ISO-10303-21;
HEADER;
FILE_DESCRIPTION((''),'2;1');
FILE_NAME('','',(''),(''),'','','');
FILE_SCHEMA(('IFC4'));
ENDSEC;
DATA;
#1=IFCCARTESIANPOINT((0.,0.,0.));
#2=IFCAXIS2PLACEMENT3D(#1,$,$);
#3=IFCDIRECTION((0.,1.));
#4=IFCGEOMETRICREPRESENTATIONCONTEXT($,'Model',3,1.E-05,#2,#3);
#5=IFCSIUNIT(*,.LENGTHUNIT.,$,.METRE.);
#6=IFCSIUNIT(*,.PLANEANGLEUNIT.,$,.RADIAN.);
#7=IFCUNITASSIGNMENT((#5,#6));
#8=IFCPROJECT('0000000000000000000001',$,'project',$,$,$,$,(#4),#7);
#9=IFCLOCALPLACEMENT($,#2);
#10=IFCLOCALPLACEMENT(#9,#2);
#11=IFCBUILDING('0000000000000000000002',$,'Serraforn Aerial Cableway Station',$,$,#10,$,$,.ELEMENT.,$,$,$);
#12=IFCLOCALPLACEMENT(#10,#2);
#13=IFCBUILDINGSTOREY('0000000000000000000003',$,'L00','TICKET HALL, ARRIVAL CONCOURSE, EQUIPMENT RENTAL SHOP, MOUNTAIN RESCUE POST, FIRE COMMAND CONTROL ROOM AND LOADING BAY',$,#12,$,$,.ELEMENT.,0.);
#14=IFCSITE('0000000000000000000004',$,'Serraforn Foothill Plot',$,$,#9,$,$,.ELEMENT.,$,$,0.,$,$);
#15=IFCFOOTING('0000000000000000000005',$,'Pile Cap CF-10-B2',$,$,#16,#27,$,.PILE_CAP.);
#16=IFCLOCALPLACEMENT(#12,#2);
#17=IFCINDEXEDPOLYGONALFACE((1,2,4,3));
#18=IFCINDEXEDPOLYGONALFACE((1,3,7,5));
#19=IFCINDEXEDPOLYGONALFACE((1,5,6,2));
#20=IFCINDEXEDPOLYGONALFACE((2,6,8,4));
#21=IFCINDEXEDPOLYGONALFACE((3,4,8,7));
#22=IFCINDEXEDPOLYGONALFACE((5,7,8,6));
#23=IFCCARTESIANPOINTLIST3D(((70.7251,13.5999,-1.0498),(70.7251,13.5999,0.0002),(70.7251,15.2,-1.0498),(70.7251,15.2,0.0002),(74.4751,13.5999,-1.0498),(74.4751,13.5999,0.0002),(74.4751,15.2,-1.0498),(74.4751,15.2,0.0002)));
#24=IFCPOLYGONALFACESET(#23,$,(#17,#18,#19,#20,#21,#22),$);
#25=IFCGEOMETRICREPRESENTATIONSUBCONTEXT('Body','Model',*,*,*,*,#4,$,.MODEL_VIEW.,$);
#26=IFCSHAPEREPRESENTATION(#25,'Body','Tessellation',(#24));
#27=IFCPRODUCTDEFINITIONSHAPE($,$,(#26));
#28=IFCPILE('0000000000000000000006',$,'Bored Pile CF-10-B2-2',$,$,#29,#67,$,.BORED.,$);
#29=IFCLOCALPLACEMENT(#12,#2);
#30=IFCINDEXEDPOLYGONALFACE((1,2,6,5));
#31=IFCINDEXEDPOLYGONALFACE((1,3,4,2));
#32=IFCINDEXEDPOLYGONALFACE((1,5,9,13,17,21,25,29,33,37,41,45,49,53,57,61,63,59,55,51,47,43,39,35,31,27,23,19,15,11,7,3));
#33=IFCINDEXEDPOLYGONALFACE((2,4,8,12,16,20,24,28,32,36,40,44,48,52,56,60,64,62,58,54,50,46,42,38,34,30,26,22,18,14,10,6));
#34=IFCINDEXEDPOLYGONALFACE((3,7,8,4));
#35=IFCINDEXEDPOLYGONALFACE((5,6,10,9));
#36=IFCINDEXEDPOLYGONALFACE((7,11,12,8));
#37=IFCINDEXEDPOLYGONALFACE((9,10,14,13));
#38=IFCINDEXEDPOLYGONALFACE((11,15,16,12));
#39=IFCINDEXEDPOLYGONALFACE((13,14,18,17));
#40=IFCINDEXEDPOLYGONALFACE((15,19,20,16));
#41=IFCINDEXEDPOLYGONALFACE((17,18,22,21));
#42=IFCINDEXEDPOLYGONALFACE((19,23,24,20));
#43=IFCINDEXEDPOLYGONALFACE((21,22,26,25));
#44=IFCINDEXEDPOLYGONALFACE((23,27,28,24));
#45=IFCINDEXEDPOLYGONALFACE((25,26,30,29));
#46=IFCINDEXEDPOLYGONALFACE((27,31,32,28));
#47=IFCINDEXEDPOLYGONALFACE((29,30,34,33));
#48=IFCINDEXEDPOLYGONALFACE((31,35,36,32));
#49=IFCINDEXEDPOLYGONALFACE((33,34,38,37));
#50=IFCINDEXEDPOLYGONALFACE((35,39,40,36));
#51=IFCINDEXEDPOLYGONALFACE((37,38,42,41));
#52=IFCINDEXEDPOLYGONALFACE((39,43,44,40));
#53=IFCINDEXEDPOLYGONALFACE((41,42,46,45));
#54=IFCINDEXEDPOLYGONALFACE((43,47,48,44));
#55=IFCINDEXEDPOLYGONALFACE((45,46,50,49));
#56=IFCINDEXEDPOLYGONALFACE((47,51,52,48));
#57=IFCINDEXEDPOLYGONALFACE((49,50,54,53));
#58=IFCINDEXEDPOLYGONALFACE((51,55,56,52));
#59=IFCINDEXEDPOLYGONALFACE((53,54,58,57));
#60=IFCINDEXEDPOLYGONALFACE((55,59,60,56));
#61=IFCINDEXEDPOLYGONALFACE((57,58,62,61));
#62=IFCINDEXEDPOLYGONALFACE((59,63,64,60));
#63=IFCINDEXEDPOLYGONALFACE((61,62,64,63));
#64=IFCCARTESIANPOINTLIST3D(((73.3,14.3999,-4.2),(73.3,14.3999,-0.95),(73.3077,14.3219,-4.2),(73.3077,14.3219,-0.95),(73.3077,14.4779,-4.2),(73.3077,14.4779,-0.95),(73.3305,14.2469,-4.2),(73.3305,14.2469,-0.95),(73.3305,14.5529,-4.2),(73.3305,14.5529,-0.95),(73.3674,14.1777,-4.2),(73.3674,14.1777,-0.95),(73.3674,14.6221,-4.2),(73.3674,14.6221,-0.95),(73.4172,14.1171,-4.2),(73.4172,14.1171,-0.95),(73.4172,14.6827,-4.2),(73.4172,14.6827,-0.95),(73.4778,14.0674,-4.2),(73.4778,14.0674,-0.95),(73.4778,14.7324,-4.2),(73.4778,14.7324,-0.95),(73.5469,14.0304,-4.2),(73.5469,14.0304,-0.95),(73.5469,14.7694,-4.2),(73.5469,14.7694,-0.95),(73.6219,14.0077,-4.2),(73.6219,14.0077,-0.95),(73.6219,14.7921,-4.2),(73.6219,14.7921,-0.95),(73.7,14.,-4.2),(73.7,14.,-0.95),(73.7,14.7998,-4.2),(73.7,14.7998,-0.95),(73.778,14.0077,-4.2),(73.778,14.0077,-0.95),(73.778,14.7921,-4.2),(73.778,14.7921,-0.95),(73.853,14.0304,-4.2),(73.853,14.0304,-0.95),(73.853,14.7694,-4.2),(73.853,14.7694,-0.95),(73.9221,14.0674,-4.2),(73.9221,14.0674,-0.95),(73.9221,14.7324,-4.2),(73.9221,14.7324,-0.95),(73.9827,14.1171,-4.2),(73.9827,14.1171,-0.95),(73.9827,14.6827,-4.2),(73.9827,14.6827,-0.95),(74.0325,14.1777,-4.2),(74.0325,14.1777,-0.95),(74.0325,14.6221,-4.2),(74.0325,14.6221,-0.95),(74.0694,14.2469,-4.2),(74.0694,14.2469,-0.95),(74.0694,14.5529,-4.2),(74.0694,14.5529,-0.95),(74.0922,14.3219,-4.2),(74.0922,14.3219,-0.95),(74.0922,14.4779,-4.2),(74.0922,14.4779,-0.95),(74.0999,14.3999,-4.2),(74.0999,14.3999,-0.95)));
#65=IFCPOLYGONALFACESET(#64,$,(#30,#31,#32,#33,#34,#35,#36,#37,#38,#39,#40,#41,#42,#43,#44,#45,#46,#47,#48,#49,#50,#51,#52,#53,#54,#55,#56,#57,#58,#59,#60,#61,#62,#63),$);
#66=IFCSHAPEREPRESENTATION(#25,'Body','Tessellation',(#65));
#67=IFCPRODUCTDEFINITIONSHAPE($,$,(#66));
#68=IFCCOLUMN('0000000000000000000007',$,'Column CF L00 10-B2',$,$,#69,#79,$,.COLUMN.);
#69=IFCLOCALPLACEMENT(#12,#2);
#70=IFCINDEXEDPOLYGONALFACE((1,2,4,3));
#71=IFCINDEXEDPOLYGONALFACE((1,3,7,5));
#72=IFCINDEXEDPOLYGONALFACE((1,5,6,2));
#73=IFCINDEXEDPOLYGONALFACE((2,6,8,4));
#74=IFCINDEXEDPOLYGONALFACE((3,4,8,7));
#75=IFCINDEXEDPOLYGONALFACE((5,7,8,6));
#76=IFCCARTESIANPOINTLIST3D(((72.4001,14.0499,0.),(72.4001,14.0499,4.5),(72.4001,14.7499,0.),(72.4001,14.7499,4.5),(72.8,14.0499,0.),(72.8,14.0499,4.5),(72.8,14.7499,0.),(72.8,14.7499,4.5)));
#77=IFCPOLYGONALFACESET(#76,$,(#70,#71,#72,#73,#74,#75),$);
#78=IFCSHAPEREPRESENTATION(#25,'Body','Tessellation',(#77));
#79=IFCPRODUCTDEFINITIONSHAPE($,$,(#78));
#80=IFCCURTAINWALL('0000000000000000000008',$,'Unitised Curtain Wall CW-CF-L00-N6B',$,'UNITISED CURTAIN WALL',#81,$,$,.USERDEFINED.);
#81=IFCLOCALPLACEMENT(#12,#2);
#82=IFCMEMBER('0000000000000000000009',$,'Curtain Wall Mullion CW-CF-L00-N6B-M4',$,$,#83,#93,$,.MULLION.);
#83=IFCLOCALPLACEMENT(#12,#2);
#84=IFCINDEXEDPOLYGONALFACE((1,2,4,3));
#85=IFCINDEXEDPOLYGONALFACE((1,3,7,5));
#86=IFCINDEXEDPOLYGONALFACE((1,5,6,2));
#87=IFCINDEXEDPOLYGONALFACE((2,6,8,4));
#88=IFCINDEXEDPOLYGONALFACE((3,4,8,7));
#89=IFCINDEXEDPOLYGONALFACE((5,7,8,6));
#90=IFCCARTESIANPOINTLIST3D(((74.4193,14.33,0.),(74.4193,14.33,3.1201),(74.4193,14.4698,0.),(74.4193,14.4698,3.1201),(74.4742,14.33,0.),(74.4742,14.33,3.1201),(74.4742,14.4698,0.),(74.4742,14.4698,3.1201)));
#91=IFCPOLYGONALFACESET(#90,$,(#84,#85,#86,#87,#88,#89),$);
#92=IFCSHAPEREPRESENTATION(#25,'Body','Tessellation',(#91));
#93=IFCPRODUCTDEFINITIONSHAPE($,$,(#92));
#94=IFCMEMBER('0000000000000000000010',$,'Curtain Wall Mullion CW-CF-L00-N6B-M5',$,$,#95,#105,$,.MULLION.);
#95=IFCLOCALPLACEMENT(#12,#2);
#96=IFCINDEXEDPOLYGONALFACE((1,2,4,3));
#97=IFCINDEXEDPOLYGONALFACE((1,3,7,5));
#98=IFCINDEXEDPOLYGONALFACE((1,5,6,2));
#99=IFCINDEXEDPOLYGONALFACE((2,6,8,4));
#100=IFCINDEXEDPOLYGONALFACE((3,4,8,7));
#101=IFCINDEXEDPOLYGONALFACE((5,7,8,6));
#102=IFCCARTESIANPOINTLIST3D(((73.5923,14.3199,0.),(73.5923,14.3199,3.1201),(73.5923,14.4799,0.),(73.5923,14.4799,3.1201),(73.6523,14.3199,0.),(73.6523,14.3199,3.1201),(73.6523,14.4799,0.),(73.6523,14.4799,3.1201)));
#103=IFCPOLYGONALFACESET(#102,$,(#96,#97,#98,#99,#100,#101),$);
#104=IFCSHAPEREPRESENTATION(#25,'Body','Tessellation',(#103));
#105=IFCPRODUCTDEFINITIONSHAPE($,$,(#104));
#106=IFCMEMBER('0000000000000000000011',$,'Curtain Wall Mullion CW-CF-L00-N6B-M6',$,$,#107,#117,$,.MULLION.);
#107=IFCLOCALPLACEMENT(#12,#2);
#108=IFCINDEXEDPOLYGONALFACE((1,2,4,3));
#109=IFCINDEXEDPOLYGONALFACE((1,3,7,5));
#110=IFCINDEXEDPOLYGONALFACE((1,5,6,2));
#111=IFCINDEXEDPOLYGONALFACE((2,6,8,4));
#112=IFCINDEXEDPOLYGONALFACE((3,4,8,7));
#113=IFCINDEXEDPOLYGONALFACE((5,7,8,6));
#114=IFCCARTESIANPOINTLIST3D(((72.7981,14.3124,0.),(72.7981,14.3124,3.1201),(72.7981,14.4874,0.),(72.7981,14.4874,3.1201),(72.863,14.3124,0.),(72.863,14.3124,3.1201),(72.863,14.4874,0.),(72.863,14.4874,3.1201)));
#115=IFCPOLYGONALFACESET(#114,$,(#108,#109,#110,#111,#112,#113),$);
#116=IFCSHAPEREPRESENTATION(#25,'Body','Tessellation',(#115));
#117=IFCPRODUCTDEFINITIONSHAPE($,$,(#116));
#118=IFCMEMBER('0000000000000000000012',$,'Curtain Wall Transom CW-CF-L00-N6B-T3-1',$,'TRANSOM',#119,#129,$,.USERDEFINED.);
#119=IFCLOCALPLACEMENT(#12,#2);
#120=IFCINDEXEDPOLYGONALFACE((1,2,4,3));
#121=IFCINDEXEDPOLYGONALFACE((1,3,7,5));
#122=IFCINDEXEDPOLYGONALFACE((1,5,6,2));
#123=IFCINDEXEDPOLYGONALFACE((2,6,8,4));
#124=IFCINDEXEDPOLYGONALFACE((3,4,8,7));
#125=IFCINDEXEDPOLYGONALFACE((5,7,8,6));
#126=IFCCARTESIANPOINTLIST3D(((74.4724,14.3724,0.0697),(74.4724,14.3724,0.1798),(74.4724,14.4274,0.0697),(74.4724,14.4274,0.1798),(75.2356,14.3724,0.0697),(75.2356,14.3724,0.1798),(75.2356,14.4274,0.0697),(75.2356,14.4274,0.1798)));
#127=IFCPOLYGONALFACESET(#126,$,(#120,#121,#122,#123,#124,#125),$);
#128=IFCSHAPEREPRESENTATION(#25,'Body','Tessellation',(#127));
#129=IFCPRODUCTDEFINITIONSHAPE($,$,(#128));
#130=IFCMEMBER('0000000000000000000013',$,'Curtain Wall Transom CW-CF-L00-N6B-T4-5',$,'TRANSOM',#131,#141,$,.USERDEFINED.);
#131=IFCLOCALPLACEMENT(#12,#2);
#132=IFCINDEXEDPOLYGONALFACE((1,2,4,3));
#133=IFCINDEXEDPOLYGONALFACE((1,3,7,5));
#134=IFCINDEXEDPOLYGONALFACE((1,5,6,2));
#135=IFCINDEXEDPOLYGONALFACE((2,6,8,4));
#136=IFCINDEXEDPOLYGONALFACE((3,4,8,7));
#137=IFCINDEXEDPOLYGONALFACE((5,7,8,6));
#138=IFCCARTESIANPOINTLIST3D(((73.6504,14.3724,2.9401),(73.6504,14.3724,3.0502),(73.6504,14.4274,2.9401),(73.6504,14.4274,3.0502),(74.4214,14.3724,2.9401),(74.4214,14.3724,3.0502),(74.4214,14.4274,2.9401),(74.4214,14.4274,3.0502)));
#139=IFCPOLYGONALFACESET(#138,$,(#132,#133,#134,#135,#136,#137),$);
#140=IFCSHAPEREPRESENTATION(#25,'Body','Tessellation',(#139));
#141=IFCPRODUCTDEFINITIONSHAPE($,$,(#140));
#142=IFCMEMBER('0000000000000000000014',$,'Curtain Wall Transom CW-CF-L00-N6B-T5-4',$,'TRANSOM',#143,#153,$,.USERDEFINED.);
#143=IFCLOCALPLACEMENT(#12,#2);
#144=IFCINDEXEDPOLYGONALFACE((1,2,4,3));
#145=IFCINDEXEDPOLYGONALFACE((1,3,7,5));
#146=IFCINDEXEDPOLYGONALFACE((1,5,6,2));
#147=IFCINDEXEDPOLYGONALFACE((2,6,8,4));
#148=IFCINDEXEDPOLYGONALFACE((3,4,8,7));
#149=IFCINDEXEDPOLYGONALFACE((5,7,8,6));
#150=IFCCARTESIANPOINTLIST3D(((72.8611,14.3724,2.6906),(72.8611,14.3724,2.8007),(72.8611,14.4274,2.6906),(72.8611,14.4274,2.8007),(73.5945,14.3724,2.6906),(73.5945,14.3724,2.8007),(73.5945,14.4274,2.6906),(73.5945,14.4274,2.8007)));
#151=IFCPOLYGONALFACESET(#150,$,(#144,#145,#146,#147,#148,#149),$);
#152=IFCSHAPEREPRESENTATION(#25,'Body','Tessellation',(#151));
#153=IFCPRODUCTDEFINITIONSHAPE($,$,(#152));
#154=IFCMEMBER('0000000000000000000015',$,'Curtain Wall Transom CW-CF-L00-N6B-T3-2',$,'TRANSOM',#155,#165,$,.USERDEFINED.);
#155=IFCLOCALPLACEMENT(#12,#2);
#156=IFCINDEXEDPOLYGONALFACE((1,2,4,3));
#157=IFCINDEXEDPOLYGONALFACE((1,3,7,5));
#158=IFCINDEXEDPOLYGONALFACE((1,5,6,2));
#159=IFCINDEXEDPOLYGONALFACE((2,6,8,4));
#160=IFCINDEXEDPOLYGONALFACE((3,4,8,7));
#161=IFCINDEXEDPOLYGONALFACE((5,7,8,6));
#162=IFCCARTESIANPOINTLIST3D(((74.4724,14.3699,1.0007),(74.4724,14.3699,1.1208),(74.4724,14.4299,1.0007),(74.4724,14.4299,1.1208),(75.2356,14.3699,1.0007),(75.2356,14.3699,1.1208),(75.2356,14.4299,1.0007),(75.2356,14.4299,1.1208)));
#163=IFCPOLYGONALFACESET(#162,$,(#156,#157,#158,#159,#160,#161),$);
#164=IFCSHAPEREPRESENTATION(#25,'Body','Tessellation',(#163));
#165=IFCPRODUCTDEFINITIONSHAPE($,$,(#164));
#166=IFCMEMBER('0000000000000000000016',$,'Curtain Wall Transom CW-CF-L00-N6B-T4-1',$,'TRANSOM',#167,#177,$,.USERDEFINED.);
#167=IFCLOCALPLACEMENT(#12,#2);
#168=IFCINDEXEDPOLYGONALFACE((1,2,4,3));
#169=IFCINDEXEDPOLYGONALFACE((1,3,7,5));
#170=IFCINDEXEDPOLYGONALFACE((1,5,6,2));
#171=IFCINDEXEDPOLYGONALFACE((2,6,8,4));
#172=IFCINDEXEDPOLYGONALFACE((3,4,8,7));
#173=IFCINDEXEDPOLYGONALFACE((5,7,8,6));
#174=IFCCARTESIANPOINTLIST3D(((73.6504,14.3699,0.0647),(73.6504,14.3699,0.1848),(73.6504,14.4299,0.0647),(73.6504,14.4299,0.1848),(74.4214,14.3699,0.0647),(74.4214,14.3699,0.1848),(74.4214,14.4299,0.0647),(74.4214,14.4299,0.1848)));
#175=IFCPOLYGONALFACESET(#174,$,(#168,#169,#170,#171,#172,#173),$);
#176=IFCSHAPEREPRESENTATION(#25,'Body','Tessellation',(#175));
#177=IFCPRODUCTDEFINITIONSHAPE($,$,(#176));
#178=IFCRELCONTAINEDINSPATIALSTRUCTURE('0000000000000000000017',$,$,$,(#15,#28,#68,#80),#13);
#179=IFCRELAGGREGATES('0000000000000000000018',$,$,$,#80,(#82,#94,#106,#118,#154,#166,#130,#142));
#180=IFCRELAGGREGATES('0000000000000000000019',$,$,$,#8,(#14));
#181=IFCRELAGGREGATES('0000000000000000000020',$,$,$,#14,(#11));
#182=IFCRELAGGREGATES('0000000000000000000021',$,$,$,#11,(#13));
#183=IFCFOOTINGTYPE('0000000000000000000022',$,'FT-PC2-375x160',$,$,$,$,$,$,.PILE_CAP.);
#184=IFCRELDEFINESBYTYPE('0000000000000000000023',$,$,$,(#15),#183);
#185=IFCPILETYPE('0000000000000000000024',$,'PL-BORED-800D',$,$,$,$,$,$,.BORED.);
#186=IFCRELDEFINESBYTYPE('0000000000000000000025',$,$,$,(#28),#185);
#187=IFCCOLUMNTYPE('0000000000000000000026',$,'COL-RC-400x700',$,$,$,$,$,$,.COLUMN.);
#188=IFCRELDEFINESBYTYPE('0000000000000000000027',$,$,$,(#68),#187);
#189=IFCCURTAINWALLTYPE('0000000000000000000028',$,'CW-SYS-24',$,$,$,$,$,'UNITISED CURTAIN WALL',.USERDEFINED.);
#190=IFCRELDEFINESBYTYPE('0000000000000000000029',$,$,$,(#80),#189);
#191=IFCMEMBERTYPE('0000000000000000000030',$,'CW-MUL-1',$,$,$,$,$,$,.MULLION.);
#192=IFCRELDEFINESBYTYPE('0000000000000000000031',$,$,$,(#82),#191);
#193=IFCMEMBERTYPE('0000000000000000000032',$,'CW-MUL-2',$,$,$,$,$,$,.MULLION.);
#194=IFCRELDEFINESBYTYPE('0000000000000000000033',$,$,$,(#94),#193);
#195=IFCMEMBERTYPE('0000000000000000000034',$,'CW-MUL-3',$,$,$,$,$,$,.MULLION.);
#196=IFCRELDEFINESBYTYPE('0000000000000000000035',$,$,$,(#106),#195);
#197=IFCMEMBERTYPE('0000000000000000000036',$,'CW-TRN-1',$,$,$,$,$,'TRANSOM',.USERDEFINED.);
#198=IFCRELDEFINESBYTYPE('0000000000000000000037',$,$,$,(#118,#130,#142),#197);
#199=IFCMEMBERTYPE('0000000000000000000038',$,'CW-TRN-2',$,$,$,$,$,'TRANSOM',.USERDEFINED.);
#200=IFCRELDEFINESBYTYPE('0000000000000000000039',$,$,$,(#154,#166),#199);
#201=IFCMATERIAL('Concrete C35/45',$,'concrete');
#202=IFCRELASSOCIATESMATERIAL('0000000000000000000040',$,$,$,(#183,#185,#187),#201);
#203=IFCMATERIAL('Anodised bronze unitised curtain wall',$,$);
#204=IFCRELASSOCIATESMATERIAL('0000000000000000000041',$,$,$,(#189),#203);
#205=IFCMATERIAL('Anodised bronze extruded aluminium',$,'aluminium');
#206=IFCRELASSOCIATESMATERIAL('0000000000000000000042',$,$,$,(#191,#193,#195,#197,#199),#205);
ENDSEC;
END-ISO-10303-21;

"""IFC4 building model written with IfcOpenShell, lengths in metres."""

from ifc_helpers import new_model, si_unit, direction, frame, origin, origin_2d, place, context, subcontext, project, spatial, rectangle, circle, extrude, material, material_profile, profile_set, type_object, element, aggregate, save


model = new_model("IFC4")

# Units and contexts
model_context = context("Model", 3, precision=1e-05, world=origin(), true_north=direction((0.0, 1.0)))
body_context = subcontext(model_context, "Body", "Model", "MODEL_VIEW")
ifc_project = project(units=[si_unit("LENGTHUNIT", "METRE"), si_unit("PLANEANGLEUNIT", "RADIAN")], contexts=[model_context])

# Site, building, storey
site_placement = place(None, origin())
site = spatial("IfcSite", under=ifc_project, at=site_placement, Name="Serraforn Foothill Plot", CompositionType="ELEMENT", RefElevation=0.0)
building_placement = place(site_placement, origin())
building = spatial("IfcBuilding", under=site, at=building_placement, Name="Serraforn Aerial Cableway Station", CompositionType="ELEMENT")
storey_placement = place(building_placement, origin())
storey = spatial("IfcBuildingStorey", under=building, at=storey_placement, Name="L00", Description="TICKET HALL, ARRIVAL CONCOURSE, EQUIPMENT RENTAL SHOP, MOUNTAIN RESCUE POST, FIRE COMMAND CONTROL ROOM AND LOADING BAY", CompositionType="ELEMENT", Elevation=0.0)

# Footing
ifc_material_1 = material(Name="Concrete C35/45", Category="concrete")
footing_type = type_object("IfcFootingType", Name="FT-PC2-375x160", PredefinedType="PILE_CAP", material=ifc_material_1)
footing_placement = place(storey_placement, frame((72.6001, 14.3999, -1.0498), z_axis=(0.0, 0.0, 1.0), x_axis=(1.0, 0.0, 0.0)))
element("IfcFooting", 1, at=footing_placement, inside=storey, type_object=footing_type, Name="Pile Cap CF-10-B2", PredefinedType="PILE_CAP", context=body_context, shape_type="SweptSolid", body=[
    extrude(rectangle(XDim=3.75, YDim=1.6001, at=origin_2d()), origin(), (0.0, 0.0, 1.0), 1.05),
])

# Pile
ifc_material_profile_1 = material_profile(ifc_material_1, circle(Radius=0.3999, at=origin_2d()), Name="BORED PILE D800")
ifc_profile_set_1 = profile_set([ifc_material_profile_1], Name="Concrete C35/45")
pile_type = type_object("IfcPileType", Name="PL-BORED-800D", PredefinedType="BORED", material=ifc_profile_set_1)
pile_placement = place(storey_placement, frame((73.7, 14.3999, -0.95), z_axis=(0.0, 0.0, -1.0), x_axis=(1.0, 0.0, 0.0)))
element("IfcPile", 2, at=pile_placement, inside=storey, type_object=pile_type, Name="Bored Pile CF-10-B2-2", PredefinedType="BORED", context=body_context, shape_type="SweptSolid", body=[
    extrude(circle(Radius=0.3999, at=origin_2d()), origin(), (0.0, 0.0, 1.0), 3.25),
])

# Column
ifc_material_profile_2 = material_profile(ifc_material_1, rectangle(XDim=0.3999, YDim=0.7, at=origin_2d()), Name="RC 400x700")
ifc_profile_set_2 = profile_set([ifc_material_profile_2], Name="Concrete C35/45")
column_type = type_object("IfcColumnType", Name="COL-RC-400x700", PredefinedType="COLUMN", material=ifc_profile_set_2)
column_placement = place(storey_placement, frame((72.6001, 14.3999, 0.0), z_axis=(0.0, 0.0, 1.0), x_axis=(1.0, 0.0, 0.0)))
element("IfcColumn", 3, at=column_placement, inside=storey, type_object=column_type, Name="Column CF L00 10-B2", PredefinedType="COLUMN", context=body_context, shape_type="SweptSolid", body=[
    extrude(rectangle(XDim=0.3999, YDim=0.7, at=origin_2d()), origin(), (0.0, 0.0, 1.0), 4.5),
])

# Curtain wall, members
ifc_material_2 = material(Name="Anodised bronze unitised curtain wall")
curtain_wall_type = type_object("IfcCurtainWallType", Name="CW-SYS-24", ElementType="UNITISED CURTAIN WALL", PredefinedType="USERDEFINED", material=ifc_material_2)
curtain_wall_placement = place(storey_placement, origin())
curtain_wall = element("IfcCurtainWall", 4, at=curtain_wall_placement, inside=storey, type_object=curtain_wall_type, Name="Unitised Curtain Wall CW-CF-L00-N6B", ObjectType="UNITISED CURTAIN WALL", PredefinedType="USERDEFINED")
ifc_material_3 = material(Name="Anodised bronze extruded aluminium", Category="aluminium")
ifc_material_profile_3 = material_profile(ifc_material_3, rectangle(XDim=0.0549, YDim=0.1399, at=origin_2d()), Name="CW MULLION 55x140")
ifc_profile_set_3 = profile_set([ifc_material_profile_3], Name="Anodised bronze extruded aluminium")
member_type_1 = type_object("IfcMemberType", Name="CW-MUL-1", PredefinedType="MULLION", material=ifc_profile_set_3)
member_1_placement = place(storey_placement, frame((74.4468, 14.3999, 0.0), z_axis=(0.0, 0.0, 1.0), x_axis=(-1.0, 0.0, 0.0)))
member_1 = element("IfcMember", 5, at=member_1_placement, type_object=member_type_1, Name="Curtain Wall Mullion CW-CF-L00-N6B-M4", PredefinedType="MULLION", context=body_context, shape_type="SweptSolid", body=[
    extrude(rectangle(XDim=0.0549, YDim=0.1399, at=origin_2d()), origin(), (0.0, 0.0, 1.0), 3.1201),
])
ifc_material_profile_4 = material_profile(ifc_material_3, rectangle(XDim=0.0601, YDim=0.1599, at=origin_2d()), Name="CW MULLION 60x160")
ifc_profile_set_4 = profile_set([ifc_material_profile_4], Name="Anodised bronze extruded aluminium")
member_type_2 = type_object("IfcMemberType", Name="CW-MUL-2", PredefinedType="MULLION", material=ifc_profile_set_4)
member_2_placement = place(storey_placement, frame((73.6223, 14.3999, 0.0), z_axis=(0.0, 0.0, 1.0), x_axis=(-1.0, 0.0, 0.0)))
member_2 = element("IfcMember", 6, at=member_2_placement, type_object=member_type_2, Name="Curtain Wall Mullion CW-CF-L00-N6B-M5", PredefinedType="MULLION", context=body_context, shape_type="SweptSolid", body=[
    extrude(rectangle(XDim=0.0601, YDim=0.1599, at=origin_2d()), origin(), (0.0, 0.0, 1.0), 3.1201),
])
ifc_material_profile_5 = material_profile(ifc_material_3, rectangle(XDim=0.0649, YDim=0.175, at=origin_2d()), Name="CW MULLION 65x175")
ifc_profile_set_5 = profile_set([ifc_material_profile_5], Name="Anodised bronze extruded aluminium")
member_type_3 = type_object("IfcMemberType", Name="CW-MUL-3", PredefinedType="MULLION", material=ifc_profile_set_5)
member_3_placement = place(storey_placement, frame((72.8306, 14.3999, 0.0), z_axis=(0.0, 0.0, 1.0), x_axis=(-1.0, 0.0, 0.0)))
member_3 = element("IfcMember", 7, at=member_3_placement, type_object=member_type_3, Name="Curtain Wall Mullion CW-CF-L00-N6B-M6", PredefinedType="MULLION", context=body_context, shape_type="SweptSolid", body=[
    extrude(rectangle(XDim=0.0649, YDim=0.175, at=origin_2d()), origin(), (0.0, 0.0, 1.0), 3.1201),
])
ifc_material_profile_6 = material_profile(ifc_material_3, rectangle(XDim=0.0549, YDim=0.1101, at=origin_2d()), Name="CW TRANSOM 55x110")
ifc_profile_set_6 = profile_set([ifc_material_profile_6], Name="Anodised bronze extruded aluminium")
member_type_4 = type_object("IfcMemberType", Name="CW-TRN-1", ElementType="TRANSOM", PredefinedType="USERDEFINED", material=ifc_profile_set_6)
member_4_placement = place(storey_placement, frame((75.2356, 14.3999, 0.1248), z_axis=(-1.0, 0.0, 0.0), x_axis=(0.0, -1.0, 0.0)))
member_4 = element("IfcMember", 8, at=member_4_placement, type_object=member_type_4, Name="Curtain Wall Transom CW-CF-L00-N6B-T3-1", ObjectType="TRANSOM", PredefinedType="USERDEFINED", context=body_context, shape_type="SweptSolid", body=[
    extrude(rectangle(XDim=0.0549, YDim=0.1101, at=origin_2d()), origin(), (0.0, 0.0, 1.0), 0.7632),
])
member_5_placement = place(storey_placement, frame((74.4214, 14.3999, 2.9951), z_axis=(-1.0, 0.0, 0.0), x_axis=(0.0, -1.0, 0.0)))
member_5 = element("IfcMember", 9, at=member_5_placement, type_object=member_type_4, Name="Curtain Wall Transom CW-CF-L00-N6B-T4-5", ObjectType="TRANSOM", PredefinedType="USERDEFINED", context=body_context, shape_type="SweptSolid", body=[
    extrude(rectangle(XDim=0.0549, YDim=0.1101, at=origin_2d()), origin(), (0.0, 0.0, 1.0), 0.771),
])
member_6_placement = place(storey_placement, frame((73.5945, 14.3999, 2.7456), z_axis=(-1.0, 0.0, 0.0), x_axis=(0.0, -1.0, 0.0)))
member_6 = element("IfcMember", 10, at=member_6_placement, type_object=member_type_4, Name="Curtain Wall Transom CW-CF-L00-N6B-T5-4", ObjectType="TRANSOM", PredefinedType="USERDEFINED", context=body_context, shape_type="SweptSolid", body=[
    extrude(rectangle(XDim=0.0549, YDim=0.1101, at=origin_2d()), origin(), (0.0, 0.0, 1.0), 0.7334),
])
ifc_material_profile_7 = material_profile(ifc_material_3, rectangle(XDim=0.0601, YDim=0.1201, at=origin_2d()), Name="CW TRANSOM 60x120")
ifc_profile_set_7 = profile_set([ifc_material_profile_7], Name="Anodised bronze extruded aluminium")
member_type_5 = type_object("IfcMemberType", Name="CW-TRN-2", ElementType="TRANSOM", PredefinedType="USERDEFINED", material=ifc_profile_set_7)
member_7_placement = place(storey_placement, frame((75.2356, 14.3999, 1.0608), z_axis=(-1.0, 0.0, 0.0), x_axis=(0.0, -1.0, 0.0)))
member_7 = element("IfcMember", 11, at=member_7_placement, type_object=member_type_5, Name="Curtain Wall Transom CW-CF-L00-N6B-T3-2", ObjectType="TRANSOM", PredefinedType="USERDEFINED", context=body_context, shape_type="SweptSolid", body=[
    extrude(rectangle(XDim=0.0601, YDim=0.1201, at=origin_2d()), origin(), (0.0, 0.0, 1.0), 0.7632),
])
member_8_placement = place(storey_placement, frame((74.4214, 14.3999, 0.1248), z_axis=(-1.0, 0.0, 0.0), x_axis=(0.0, -1.0, 0.0)))
member_8 = element("IfcMember", 12, at=member_8_placement, type_object=member_type_5, Name="Curtain Wall Transom CW-CF-L00-N6B-T4-1", ObjectType="TRANSOM", PredefinedType="USERDEFINED", context=body_context, shape_type="SweptSolid", body=[
    extrude(rectangle(XDim=0.0601, YDim=0.1201, at=origin_2d()), origin(), (0.0, 0.0, 1.0), 0.771),
])
aggregate(curtain_wall, [member_1, member_2, member_3, member_4, member_7, member_8, member_5, member_6])

save(model, "model.ifc")
